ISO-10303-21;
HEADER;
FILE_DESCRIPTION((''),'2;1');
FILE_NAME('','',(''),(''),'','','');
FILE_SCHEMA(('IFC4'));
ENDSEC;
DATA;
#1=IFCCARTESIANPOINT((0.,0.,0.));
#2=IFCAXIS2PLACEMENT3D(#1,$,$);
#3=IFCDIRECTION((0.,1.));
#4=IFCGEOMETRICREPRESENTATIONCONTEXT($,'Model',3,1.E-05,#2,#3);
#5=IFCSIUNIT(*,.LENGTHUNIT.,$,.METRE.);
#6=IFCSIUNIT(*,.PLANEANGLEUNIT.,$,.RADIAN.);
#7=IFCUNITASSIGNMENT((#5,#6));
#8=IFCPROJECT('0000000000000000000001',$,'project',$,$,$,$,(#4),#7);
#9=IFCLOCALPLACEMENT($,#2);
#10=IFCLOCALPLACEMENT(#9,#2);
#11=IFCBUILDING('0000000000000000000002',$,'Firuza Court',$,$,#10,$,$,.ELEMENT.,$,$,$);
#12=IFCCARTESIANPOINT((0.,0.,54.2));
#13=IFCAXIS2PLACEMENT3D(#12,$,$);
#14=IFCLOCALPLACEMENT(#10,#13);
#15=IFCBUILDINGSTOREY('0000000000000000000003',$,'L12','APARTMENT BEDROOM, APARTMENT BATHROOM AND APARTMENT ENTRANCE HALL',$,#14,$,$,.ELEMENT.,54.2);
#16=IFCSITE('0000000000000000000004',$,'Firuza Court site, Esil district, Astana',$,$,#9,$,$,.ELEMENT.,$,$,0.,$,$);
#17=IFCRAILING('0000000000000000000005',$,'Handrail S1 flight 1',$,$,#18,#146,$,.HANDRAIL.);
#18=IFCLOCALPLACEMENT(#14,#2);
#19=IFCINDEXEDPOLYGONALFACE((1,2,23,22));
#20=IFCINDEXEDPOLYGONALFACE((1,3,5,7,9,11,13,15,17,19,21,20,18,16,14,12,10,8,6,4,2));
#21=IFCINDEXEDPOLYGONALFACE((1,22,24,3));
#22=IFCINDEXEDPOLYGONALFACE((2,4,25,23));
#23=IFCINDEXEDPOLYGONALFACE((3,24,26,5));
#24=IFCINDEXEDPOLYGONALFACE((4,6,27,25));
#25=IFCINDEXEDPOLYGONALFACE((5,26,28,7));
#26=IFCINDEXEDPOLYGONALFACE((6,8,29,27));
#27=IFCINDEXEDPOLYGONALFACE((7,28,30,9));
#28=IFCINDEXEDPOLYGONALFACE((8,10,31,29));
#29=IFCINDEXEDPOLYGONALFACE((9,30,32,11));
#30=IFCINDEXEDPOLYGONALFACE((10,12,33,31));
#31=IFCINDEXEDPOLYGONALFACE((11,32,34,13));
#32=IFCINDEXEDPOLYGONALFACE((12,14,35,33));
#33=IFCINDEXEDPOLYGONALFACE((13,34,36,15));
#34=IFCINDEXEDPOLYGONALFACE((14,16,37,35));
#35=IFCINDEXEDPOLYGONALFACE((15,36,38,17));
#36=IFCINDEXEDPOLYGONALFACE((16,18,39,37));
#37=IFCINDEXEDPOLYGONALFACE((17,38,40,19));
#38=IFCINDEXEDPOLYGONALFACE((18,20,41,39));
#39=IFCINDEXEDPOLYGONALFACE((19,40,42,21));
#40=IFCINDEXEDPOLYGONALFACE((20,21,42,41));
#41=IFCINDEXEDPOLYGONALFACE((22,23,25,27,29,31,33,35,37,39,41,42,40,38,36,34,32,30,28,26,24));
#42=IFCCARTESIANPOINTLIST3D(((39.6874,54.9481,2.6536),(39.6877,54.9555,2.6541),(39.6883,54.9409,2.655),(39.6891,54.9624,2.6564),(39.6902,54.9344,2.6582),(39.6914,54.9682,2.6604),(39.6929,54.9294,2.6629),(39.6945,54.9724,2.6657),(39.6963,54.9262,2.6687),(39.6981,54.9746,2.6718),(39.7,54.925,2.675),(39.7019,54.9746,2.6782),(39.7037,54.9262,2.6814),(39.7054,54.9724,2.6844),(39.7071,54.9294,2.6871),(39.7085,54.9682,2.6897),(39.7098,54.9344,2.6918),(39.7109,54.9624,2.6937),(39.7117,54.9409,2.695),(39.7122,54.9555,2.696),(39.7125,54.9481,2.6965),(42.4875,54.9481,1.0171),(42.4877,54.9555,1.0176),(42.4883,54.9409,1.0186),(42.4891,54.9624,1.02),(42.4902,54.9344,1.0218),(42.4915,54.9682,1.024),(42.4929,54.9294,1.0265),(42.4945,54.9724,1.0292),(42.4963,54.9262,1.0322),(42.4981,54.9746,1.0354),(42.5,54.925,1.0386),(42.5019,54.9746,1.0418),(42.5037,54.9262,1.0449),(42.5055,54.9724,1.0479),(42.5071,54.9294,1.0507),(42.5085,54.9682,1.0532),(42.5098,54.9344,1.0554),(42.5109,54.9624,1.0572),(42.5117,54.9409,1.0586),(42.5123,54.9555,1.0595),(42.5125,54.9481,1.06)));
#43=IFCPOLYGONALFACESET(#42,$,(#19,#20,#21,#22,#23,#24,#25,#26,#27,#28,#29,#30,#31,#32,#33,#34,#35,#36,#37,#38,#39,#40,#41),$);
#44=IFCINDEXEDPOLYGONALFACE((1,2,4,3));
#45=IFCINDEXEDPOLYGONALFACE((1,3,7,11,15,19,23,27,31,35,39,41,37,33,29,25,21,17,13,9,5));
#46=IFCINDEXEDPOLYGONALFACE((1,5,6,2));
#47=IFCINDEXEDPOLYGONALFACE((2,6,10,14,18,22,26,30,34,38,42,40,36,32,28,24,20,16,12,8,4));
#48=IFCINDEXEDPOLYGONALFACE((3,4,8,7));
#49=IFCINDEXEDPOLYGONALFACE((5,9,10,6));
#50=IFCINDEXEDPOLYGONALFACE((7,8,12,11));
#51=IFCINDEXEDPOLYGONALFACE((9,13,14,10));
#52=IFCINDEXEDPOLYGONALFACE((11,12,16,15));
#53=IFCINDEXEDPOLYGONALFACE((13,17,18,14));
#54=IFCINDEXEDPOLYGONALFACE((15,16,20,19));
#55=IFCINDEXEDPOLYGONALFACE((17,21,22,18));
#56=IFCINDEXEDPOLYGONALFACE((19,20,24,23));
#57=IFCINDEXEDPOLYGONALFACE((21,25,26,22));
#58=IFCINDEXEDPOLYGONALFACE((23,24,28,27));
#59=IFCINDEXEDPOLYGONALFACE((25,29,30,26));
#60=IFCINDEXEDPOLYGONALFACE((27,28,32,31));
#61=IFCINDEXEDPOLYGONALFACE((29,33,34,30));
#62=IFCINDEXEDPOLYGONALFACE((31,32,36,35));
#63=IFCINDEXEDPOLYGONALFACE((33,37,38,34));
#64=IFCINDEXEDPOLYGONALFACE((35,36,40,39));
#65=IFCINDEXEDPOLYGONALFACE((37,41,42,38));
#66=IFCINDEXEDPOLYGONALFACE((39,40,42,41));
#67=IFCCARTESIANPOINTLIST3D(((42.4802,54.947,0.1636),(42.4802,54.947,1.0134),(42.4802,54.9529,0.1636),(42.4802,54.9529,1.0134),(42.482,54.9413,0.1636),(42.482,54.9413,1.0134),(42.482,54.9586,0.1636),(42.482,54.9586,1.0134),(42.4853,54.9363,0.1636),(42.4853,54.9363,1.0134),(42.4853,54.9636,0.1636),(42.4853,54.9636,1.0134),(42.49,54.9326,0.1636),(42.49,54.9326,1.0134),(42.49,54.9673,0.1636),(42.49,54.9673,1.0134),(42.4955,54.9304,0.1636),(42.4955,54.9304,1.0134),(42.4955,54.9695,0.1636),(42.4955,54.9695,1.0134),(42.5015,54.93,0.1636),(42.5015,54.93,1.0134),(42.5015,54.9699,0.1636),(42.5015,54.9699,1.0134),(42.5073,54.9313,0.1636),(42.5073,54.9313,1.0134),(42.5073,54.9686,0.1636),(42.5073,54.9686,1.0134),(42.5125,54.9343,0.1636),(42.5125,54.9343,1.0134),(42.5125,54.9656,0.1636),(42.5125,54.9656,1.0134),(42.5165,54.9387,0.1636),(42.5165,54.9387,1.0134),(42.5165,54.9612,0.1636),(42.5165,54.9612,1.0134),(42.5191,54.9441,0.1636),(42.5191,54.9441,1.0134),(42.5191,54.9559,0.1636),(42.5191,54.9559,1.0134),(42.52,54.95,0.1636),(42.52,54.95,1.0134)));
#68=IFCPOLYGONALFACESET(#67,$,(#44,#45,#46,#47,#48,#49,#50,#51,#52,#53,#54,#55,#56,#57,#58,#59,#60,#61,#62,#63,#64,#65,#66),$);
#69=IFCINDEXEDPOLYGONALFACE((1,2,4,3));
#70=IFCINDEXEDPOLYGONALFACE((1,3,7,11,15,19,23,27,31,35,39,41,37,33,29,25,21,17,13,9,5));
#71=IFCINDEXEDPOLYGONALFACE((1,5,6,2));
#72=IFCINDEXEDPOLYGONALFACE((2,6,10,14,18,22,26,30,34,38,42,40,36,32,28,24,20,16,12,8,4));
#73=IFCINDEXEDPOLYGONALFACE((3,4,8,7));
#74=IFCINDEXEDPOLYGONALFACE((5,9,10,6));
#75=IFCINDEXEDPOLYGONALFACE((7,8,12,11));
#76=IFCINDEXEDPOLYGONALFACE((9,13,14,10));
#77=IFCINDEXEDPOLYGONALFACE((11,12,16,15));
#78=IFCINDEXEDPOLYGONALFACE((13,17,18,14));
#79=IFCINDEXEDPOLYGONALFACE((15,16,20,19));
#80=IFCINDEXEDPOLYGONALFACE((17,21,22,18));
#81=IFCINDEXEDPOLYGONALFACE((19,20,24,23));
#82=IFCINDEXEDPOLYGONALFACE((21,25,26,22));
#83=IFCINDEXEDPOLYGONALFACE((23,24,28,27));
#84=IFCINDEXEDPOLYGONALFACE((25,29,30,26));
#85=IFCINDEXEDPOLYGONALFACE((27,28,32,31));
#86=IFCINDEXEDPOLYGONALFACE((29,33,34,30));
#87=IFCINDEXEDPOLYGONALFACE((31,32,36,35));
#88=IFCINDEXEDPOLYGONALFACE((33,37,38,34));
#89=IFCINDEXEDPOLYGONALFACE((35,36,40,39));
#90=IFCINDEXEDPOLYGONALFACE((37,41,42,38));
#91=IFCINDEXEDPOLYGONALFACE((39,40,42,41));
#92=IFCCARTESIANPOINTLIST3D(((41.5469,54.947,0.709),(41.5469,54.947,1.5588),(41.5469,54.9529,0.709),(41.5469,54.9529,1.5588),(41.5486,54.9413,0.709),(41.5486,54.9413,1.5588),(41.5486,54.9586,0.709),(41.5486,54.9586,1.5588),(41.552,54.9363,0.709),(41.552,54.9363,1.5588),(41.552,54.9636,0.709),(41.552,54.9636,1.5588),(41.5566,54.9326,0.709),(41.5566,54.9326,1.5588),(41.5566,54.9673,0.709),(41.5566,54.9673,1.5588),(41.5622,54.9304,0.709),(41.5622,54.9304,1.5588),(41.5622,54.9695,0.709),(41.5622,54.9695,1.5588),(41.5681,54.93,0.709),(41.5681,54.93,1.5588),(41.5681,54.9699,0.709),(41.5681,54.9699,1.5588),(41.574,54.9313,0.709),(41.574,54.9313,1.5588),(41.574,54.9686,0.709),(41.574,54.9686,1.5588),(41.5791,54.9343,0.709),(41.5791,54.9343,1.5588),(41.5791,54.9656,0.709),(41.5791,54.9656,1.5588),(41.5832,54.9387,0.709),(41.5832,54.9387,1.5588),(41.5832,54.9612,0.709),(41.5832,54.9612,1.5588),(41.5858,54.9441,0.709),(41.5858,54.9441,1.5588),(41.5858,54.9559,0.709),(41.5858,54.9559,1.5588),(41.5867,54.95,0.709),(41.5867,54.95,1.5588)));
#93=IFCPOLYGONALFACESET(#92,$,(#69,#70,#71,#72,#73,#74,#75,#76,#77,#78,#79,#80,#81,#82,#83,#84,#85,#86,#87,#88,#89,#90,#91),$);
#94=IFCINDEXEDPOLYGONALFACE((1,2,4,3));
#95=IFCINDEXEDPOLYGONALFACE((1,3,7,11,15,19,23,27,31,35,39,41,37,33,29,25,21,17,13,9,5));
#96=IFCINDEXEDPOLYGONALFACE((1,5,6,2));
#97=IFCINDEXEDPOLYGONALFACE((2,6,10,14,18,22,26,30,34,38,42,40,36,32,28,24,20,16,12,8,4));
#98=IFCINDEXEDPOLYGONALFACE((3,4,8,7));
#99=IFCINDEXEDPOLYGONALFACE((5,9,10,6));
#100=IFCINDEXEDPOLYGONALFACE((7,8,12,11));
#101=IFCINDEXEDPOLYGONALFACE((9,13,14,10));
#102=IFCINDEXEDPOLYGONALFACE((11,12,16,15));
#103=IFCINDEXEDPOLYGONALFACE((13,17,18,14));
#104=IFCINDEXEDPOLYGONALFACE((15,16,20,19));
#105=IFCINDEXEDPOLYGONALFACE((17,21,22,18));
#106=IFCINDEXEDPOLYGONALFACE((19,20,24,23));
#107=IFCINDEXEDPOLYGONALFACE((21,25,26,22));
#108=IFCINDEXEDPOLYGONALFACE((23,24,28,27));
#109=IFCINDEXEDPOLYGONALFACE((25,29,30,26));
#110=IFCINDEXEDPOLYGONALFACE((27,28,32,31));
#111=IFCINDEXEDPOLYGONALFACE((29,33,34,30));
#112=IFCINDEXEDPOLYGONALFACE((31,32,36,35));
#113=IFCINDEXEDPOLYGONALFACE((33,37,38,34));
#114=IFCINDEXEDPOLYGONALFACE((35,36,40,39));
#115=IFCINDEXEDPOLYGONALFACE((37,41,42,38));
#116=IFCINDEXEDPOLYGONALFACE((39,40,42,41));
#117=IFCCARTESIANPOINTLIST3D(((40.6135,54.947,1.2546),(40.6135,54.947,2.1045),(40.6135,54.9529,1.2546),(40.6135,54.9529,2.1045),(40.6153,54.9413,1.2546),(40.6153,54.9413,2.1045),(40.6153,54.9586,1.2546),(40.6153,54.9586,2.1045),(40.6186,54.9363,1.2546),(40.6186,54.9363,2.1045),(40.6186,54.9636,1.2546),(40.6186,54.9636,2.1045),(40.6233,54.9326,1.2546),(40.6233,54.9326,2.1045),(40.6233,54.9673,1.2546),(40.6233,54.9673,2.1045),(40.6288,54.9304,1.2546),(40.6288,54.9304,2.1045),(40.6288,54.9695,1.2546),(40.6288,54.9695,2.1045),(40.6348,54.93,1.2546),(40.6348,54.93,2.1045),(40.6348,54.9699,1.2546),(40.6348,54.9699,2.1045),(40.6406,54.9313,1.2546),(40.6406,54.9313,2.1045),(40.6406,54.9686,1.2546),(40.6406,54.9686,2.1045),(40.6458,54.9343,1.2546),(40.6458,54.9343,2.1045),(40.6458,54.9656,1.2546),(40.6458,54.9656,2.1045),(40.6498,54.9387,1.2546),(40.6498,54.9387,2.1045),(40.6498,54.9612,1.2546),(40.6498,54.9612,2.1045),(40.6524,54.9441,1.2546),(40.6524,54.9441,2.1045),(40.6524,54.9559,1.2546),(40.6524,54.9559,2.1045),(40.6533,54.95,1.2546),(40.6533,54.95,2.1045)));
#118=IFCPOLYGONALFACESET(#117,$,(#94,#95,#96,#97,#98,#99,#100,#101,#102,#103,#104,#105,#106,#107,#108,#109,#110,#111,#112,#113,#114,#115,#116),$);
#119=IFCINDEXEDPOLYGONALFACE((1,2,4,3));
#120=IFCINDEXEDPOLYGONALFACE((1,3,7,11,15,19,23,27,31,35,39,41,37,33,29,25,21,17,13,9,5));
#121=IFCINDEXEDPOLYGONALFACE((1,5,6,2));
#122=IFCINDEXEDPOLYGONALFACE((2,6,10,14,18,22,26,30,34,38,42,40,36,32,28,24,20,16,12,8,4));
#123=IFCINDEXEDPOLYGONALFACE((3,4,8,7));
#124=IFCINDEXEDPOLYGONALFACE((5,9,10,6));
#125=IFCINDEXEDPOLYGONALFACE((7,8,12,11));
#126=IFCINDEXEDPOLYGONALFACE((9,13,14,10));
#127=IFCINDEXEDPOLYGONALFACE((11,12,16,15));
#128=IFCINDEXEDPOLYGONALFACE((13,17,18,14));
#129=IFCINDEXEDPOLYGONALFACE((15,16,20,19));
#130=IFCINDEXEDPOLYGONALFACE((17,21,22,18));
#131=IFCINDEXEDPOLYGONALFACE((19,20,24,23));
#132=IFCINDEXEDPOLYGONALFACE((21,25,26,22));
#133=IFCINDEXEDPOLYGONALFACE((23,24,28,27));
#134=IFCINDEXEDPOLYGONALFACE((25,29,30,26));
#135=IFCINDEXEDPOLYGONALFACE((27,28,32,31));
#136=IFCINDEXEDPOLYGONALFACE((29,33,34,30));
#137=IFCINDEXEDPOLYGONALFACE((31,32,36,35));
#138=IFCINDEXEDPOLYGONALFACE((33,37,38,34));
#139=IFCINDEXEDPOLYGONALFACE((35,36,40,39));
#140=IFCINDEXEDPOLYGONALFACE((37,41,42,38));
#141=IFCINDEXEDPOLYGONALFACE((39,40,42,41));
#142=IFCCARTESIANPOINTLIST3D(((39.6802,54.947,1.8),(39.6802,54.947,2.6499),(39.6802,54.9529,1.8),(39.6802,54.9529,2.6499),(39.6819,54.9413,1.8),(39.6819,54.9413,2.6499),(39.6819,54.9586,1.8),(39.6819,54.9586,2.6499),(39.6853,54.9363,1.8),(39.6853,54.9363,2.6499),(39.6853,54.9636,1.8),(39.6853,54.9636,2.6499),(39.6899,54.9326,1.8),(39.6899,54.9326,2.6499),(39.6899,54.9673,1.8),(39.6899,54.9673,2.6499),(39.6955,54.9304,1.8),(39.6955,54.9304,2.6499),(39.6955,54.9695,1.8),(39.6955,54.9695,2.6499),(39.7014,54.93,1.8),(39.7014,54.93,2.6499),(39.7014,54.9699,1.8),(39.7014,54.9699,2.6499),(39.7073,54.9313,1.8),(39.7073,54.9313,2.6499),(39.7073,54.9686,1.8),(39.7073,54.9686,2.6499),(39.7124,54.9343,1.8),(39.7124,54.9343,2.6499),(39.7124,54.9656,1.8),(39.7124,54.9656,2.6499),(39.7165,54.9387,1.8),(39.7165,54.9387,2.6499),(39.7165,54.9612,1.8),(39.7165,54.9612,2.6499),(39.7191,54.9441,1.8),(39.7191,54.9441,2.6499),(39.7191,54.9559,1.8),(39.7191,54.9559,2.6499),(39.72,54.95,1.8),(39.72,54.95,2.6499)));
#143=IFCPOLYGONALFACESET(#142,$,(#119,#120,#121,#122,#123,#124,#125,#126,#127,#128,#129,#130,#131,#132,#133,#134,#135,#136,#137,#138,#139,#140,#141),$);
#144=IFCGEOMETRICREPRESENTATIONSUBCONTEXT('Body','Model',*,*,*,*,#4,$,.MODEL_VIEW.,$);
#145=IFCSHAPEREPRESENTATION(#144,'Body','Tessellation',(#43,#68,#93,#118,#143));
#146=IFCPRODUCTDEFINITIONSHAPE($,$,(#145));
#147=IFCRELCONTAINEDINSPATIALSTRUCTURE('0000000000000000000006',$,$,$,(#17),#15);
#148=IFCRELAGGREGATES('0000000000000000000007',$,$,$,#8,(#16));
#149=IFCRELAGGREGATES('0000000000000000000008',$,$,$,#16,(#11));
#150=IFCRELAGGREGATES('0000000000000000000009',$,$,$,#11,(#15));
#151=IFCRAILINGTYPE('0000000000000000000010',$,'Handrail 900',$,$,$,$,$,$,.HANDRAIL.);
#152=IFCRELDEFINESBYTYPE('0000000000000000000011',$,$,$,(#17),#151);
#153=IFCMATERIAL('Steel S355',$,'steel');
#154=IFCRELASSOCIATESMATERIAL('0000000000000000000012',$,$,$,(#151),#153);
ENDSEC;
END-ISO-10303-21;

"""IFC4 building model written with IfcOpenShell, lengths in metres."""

from ifc_helpers import new_model, si_unit, direction, frame, origin, origin_2d, place, context, subcontext, project, spatial, circle, extrude, material, type_object, element, save


model = new_model("IFC4")

# Units and contexts
model_context = context("Model", 3, precision=1e-05, world=origin(), true_north=direction((0.0, 1.0)))
body_context = subcontext(model_context, "Body", "Model", "MODEL_VIEW")
ifc_project = project(units=[si_unit("LENGTHUNIT", "METRE"), si_unit("PLANEANGLEUNIT", "RADIAN")], contexts=[model_context])

# Site, building, storey
site_placement = place(None, origin())
site = spatial("IfcSite", under=ifc_project, at=site_placement, Name="Firuza Court site, Esil district, Astana", CompositionType="ELEMENT", RefElevation=0.0)
building_placement = place(site_placement, origin())
building = spatial("IfcBuilding", under=site, at=building_placement, Name="Firuza Court", CompositionType="ELEMENT")
storey_placement = place(building_placement, frame((0.0, 0.0, 54.2)))
storey = spatial("IfcBuildingStorey", under=building, at=storey_placement, Name="L12", Description="APARTMENT BEDROOM, APARTMENT BATHROOM AND APARTMENT ENTRANCE HALL", CompositionType="ELEMENT", Elevation=54.2)

# Railing
ifc_material_1 = material(Name="Steel S355", Category="steel")
railing_type_1 = type_object("IfcRailingType", Name="Handrail 900", PredefinedType="HANDRAIL", material=ifc_material_1)
railing_1_placement = place(storey_placement, frame((42.5, 54.95, 0.1636)))
element("IfcRailing", 1, at=railing_1_placement, inside=storey, type_object=railing_type_1, Name="Handrail S1 flight 1", PredefinedType="HANDRAIL", context=body_context, shape_type="SweptSolid", body=[
    extrude(circle(Radius=0.0249, at=origin_2d()), frame((0.0, 0.0, 0.875), z_axis=(-0.863361, 0.0, 0.504587), x_axis=(0.0, -1.0, 0.0)), (0.0, 0.0, 1.0), 3.2432),
    extrude(circle(Radius=0.02, at=origin_2d()), origin(), (0.0, 0.0, 1.0), 0.8499),
    extrude(circle(Radius=0.02, at=origin_2d()), frame((-0.9333, 0.0, 0.5454)), (0.0, 0.0, 1.0), 0.8499),
    extrude(circle(Radius=0.02, at=origin_2d()), frame((-1.8667, 0.0, 1.0911)), (0.0, 0.0, 1.0), 0.8499),
    extrude(circle(Radius=0.02, at=origin_2d()), frame((-2.8, 0.0, 1.6365)), (0.0, 0.0, 1.0), 0.8499),
])

save(model, "model.ifc")
